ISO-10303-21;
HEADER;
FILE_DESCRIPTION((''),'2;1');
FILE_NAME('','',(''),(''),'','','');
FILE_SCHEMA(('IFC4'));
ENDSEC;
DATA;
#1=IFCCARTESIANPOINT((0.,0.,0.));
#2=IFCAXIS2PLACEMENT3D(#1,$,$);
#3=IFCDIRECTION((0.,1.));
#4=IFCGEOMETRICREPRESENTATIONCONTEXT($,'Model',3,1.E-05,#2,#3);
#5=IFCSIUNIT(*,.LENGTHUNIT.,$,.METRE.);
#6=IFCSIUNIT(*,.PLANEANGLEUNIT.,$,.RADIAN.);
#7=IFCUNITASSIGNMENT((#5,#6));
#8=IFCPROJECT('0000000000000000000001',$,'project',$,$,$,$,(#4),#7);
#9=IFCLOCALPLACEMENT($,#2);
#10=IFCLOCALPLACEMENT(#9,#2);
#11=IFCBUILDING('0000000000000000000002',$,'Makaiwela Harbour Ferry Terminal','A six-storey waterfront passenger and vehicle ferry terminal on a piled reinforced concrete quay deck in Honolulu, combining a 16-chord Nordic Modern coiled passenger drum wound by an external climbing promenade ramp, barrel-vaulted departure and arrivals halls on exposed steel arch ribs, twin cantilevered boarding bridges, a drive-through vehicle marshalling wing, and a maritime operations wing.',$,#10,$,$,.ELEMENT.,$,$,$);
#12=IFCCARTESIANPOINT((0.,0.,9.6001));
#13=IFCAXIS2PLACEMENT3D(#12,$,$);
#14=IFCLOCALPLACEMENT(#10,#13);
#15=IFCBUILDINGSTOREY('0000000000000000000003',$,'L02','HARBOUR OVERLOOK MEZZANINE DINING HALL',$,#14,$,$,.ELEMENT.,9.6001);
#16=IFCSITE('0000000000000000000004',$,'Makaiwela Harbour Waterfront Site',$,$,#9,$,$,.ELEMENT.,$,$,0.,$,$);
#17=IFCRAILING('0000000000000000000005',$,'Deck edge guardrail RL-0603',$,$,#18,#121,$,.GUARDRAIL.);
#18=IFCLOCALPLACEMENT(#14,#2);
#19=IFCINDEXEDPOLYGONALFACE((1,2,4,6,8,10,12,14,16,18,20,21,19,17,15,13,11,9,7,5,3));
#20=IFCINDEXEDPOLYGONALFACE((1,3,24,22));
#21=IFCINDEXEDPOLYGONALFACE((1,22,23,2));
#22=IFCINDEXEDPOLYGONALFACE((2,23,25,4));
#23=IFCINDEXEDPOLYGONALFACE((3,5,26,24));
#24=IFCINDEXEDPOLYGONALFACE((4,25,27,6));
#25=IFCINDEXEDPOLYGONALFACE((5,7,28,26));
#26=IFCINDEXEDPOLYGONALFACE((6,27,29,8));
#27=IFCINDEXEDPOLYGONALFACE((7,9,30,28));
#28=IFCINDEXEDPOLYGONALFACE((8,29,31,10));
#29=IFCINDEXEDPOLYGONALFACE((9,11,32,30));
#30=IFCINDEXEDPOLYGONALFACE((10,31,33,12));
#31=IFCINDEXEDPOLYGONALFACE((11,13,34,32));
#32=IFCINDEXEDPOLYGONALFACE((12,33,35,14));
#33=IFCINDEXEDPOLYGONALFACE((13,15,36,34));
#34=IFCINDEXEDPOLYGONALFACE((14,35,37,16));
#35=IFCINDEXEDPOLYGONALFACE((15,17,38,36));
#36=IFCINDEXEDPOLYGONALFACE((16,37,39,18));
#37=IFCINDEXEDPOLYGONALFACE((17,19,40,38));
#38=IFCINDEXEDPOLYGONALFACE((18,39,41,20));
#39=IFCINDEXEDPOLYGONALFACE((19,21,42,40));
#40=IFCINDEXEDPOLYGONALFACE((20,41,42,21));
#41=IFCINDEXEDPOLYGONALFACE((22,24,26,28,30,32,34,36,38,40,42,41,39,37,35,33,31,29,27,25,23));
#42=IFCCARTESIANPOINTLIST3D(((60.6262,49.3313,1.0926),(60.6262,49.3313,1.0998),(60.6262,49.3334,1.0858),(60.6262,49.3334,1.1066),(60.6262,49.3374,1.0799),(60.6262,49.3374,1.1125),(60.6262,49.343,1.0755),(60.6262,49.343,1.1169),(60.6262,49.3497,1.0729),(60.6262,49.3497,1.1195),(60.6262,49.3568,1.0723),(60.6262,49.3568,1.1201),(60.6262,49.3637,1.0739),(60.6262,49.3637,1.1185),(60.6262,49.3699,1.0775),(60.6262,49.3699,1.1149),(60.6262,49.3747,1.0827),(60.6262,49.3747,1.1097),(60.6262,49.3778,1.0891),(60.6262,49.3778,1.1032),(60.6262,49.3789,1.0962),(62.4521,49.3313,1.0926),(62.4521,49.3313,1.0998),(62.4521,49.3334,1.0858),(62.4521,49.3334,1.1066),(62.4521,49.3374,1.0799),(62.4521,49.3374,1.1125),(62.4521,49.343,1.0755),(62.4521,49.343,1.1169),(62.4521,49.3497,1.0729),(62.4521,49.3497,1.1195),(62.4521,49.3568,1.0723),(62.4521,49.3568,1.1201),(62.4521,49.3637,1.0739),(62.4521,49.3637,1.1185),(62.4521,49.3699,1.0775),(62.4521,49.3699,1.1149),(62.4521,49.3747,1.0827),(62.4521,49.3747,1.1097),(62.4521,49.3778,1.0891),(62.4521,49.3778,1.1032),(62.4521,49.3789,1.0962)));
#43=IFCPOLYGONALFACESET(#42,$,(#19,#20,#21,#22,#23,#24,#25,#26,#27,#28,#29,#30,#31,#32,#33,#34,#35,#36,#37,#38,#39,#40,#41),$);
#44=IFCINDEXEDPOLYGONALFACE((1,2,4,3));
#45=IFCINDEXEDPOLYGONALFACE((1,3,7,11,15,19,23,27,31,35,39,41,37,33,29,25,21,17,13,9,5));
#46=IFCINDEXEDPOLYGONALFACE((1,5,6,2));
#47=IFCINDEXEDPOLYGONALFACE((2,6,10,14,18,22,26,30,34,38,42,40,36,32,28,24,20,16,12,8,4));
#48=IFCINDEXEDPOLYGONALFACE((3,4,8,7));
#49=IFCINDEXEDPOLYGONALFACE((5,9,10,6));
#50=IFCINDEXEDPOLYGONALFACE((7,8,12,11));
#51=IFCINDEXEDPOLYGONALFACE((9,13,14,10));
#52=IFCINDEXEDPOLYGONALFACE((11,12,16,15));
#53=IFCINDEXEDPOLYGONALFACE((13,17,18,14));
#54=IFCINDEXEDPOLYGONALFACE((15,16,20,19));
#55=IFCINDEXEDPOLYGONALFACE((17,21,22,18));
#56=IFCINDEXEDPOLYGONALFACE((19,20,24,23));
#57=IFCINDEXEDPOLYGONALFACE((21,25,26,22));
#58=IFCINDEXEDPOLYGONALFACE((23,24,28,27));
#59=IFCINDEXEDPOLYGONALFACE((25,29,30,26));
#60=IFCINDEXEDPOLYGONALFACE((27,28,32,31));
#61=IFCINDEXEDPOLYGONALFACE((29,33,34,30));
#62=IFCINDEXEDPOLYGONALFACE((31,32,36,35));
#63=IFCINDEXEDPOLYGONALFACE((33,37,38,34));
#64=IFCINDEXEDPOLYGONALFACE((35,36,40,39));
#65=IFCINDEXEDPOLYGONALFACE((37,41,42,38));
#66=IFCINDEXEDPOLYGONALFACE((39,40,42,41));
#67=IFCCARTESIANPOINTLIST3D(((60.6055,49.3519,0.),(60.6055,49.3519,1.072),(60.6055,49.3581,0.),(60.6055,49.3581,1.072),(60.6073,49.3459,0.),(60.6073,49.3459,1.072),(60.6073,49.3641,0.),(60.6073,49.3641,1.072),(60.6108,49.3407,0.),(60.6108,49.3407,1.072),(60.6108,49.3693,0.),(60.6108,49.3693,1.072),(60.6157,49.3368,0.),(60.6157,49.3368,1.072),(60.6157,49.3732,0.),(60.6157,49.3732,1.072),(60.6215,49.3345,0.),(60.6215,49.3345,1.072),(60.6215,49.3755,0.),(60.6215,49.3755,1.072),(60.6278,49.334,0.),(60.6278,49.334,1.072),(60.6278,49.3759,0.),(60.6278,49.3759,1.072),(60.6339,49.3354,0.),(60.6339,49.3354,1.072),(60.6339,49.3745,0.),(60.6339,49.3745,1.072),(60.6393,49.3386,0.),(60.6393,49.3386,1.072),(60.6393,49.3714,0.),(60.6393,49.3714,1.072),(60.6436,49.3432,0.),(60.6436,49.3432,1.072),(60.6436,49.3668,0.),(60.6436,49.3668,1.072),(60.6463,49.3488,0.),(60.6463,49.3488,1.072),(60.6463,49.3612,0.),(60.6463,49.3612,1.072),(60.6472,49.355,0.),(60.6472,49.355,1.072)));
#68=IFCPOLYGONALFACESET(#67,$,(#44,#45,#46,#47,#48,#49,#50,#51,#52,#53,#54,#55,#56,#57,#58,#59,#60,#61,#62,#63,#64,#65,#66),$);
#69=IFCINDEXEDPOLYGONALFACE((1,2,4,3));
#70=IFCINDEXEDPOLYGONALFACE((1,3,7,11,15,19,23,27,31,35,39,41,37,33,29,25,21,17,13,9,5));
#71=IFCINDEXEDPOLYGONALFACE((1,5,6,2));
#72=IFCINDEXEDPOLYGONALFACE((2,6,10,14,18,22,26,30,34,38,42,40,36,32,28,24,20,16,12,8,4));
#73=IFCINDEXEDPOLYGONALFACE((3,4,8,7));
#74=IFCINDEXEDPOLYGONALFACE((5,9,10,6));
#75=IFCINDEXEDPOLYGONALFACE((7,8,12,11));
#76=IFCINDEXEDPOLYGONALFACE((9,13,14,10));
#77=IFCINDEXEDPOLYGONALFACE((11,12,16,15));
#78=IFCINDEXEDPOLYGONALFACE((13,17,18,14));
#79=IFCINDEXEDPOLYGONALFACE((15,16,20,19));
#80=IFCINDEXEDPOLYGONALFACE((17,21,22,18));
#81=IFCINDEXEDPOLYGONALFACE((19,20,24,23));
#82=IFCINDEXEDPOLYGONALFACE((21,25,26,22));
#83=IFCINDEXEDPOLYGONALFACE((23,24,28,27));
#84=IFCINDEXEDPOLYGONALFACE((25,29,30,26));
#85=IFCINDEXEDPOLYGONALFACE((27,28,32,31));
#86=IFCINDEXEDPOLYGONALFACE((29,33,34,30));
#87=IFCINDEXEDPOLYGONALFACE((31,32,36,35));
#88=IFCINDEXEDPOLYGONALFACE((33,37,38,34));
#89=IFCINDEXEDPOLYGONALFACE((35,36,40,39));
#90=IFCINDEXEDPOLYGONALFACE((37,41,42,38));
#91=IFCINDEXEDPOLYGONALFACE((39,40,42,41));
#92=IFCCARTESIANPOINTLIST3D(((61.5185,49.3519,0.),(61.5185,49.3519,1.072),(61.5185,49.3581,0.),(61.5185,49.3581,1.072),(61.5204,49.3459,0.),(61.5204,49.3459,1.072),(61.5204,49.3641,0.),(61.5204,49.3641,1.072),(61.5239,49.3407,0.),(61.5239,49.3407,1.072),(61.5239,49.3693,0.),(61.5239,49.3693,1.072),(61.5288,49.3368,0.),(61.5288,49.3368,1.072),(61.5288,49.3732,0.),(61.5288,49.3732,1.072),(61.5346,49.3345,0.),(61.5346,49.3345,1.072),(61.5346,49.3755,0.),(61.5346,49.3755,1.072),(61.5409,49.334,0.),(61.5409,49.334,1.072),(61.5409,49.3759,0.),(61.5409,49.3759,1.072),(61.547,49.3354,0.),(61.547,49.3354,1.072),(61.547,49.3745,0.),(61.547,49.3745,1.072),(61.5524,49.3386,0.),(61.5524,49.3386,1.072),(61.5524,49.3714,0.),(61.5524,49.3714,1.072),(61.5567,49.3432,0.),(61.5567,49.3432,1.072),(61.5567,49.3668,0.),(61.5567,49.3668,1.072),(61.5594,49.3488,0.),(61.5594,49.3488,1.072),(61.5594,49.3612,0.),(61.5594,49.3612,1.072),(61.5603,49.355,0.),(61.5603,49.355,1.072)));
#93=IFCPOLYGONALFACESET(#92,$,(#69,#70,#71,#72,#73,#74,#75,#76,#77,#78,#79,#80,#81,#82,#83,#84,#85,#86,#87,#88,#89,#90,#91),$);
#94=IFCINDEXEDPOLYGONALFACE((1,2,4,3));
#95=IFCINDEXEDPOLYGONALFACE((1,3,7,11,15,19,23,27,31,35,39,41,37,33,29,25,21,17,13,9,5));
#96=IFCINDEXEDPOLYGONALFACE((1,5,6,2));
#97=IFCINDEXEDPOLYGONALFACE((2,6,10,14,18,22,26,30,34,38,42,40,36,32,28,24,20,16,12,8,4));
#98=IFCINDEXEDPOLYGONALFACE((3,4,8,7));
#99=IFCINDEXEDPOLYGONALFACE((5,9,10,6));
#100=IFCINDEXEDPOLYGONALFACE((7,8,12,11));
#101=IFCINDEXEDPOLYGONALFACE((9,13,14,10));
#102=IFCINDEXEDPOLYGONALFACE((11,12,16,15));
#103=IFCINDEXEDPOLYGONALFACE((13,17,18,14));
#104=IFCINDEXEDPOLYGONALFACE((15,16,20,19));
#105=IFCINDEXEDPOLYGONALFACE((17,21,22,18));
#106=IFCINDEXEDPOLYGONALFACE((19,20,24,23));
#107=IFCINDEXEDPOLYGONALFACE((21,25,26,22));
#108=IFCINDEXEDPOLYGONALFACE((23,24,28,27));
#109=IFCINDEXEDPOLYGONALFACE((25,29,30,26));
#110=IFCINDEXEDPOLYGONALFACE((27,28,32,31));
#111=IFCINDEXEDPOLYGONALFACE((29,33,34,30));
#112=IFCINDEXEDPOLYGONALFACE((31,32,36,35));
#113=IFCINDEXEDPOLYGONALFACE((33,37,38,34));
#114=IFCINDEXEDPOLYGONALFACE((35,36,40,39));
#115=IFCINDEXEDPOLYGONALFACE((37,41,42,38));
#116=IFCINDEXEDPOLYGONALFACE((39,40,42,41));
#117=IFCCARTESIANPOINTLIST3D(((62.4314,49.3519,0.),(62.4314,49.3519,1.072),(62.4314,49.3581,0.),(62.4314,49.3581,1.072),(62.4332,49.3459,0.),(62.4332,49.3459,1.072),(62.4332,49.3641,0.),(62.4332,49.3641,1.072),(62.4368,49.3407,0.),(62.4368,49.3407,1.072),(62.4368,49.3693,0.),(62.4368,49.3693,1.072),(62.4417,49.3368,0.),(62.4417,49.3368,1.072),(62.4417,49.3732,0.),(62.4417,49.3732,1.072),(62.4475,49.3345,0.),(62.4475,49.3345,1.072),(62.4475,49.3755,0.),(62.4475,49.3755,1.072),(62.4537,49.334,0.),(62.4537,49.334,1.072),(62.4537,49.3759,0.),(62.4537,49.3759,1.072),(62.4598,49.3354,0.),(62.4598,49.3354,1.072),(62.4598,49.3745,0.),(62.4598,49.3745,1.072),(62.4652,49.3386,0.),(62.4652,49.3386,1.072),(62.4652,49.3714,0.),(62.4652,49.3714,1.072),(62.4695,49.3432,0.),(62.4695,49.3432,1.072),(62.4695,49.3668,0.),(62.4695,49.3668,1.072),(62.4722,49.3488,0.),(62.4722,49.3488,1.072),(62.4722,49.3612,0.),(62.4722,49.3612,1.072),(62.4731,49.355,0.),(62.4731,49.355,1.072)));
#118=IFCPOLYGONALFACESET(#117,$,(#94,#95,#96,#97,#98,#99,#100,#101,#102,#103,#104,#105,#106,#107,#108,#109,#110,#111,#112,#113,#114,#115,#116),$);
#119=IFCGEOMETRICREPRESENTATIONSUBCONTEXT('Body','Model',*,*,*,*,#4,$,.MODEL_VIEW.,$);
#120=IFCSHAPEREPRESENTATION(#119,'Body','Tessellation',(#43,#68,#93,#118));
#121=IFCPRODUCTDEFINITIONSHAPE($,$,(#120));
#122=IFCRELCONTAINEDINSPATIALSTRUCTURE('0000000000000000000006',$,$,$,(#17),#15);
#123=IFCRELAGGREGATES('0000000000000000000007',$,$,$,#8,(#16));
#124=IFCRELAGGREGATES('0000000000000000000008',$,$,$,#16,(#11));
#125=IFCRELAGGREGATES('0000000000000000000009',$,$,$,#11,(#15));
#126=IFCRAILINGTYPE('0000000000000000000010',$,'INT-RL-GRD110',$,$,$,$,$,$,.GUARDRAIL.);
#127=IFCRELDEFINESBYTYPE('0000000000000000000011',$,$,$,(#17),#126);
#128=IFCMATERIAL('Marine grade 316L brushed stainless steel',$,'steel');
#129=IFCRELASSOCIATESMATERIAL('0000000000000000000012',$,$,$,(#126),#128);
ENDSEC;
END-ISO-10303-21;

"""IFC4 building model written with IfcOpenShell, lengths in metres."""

from ifc_helpers import new_model, si_unit, direction, frame, origin, origin_2d, place, context, subcontext, project, spatial, circle, extrude, material, type_object, element, save


model = new_model("IFC4")

# Units and contexts
model_context = context("Model", 3, precision=1e-05, world=origin(), true_north=direction((0.0, 1.0)))
body_context = subcontext(model_context, "Body", "Model", "MODEL_VIEW")
ifc_project = project(units=[si_unit("LENGTHUNIT", "METRE"), si_unit("PLANEANGLEUNIT", "RADIAN")], contexts=[model_context])

# Site, building, storey
site_placement = place(None, origin())
site = spatial("IfcSite", under=ifc_project, at=site_placement, Name="Makaiwela Harbour Waterfront Site", CompositionType="ELEMENT", RefElevation=0.0)
building_placement = place(site_placement, origin())
building = spatial("IfcBuilding", under=site, at=building_placement, Name="Makaiwela Harbour Ferry Terminal", Description="A six-storey waterfront passenger and vehicle ferry terminal on a piled reinforced concrete quay deck in Honolulu, combining a 16-chord Nordic Modern coiled passenger drum wound by an external climbing promenade ramp, barrel-vaulted departure and arrivals halls on exposed steel arch ribs, twin cantilevered boarding bridges, a drive-through vehicle marshalling wing, and a maritime operations wing.", CompositionType="ELEMENT")
storey_placement = place(building_placement, frame((0.0, 0.0, 9.6001)))
storey = spatial("IfcBuildingStorey", under=building, at=storey_placement, Name="L02", Description="HARBOUR OVERLOOK MEZZANINE DINING HALL", CompositionType="ELEMENT", Elevation=9.6001)

# Railing
ifc_material_1 = material(Name="Marine grade 316L brushed stainless steel", Category="steel")
railing_type = type_object("IfcRailingType", Name="INT-RL-GRD110", PredefinedType="GUARDRAIL", material=ifc_material_1)
railing_1_placement = place(storey_placement, frame((60.6262, 49.355, 0.0)))
element("IfcRailing", 1, at=railing_1_placement, inside=storey, type_object=railing_type, Name="Deck edge guardrail RL-0603", PredefinedType="GUARDRAIL", context=body_context, shape_type="SweptSolid", body=[
    extrude(circle(Radius=0.0239, at=origin_2d()), frame((0.0, 0.0, 1.0962), z_axis=(1.0, 0.0, 0.0), x_axis=(0.0, 1.0, 0.0)), (0.0, 0.0, 1.0), 1.8259),
    extrude(circle(Radius=0.021, at=origin_2d()), origin(), (0.0, 0.0, 1.0), 1.072),
    extrude(circle(Radius=0.021, at=origin_2d()), frame((0.9131, 0.0, 0.0)), (0.0, 0.0, 1.0), 1.072),
    extrude(circle(Radius=0.021, at=origin_2d()), frame((1.8259, 0.0, 0.0)), (0.0, 0.0, 1.0), 1.072),
])

save(model, "model.ifc")
